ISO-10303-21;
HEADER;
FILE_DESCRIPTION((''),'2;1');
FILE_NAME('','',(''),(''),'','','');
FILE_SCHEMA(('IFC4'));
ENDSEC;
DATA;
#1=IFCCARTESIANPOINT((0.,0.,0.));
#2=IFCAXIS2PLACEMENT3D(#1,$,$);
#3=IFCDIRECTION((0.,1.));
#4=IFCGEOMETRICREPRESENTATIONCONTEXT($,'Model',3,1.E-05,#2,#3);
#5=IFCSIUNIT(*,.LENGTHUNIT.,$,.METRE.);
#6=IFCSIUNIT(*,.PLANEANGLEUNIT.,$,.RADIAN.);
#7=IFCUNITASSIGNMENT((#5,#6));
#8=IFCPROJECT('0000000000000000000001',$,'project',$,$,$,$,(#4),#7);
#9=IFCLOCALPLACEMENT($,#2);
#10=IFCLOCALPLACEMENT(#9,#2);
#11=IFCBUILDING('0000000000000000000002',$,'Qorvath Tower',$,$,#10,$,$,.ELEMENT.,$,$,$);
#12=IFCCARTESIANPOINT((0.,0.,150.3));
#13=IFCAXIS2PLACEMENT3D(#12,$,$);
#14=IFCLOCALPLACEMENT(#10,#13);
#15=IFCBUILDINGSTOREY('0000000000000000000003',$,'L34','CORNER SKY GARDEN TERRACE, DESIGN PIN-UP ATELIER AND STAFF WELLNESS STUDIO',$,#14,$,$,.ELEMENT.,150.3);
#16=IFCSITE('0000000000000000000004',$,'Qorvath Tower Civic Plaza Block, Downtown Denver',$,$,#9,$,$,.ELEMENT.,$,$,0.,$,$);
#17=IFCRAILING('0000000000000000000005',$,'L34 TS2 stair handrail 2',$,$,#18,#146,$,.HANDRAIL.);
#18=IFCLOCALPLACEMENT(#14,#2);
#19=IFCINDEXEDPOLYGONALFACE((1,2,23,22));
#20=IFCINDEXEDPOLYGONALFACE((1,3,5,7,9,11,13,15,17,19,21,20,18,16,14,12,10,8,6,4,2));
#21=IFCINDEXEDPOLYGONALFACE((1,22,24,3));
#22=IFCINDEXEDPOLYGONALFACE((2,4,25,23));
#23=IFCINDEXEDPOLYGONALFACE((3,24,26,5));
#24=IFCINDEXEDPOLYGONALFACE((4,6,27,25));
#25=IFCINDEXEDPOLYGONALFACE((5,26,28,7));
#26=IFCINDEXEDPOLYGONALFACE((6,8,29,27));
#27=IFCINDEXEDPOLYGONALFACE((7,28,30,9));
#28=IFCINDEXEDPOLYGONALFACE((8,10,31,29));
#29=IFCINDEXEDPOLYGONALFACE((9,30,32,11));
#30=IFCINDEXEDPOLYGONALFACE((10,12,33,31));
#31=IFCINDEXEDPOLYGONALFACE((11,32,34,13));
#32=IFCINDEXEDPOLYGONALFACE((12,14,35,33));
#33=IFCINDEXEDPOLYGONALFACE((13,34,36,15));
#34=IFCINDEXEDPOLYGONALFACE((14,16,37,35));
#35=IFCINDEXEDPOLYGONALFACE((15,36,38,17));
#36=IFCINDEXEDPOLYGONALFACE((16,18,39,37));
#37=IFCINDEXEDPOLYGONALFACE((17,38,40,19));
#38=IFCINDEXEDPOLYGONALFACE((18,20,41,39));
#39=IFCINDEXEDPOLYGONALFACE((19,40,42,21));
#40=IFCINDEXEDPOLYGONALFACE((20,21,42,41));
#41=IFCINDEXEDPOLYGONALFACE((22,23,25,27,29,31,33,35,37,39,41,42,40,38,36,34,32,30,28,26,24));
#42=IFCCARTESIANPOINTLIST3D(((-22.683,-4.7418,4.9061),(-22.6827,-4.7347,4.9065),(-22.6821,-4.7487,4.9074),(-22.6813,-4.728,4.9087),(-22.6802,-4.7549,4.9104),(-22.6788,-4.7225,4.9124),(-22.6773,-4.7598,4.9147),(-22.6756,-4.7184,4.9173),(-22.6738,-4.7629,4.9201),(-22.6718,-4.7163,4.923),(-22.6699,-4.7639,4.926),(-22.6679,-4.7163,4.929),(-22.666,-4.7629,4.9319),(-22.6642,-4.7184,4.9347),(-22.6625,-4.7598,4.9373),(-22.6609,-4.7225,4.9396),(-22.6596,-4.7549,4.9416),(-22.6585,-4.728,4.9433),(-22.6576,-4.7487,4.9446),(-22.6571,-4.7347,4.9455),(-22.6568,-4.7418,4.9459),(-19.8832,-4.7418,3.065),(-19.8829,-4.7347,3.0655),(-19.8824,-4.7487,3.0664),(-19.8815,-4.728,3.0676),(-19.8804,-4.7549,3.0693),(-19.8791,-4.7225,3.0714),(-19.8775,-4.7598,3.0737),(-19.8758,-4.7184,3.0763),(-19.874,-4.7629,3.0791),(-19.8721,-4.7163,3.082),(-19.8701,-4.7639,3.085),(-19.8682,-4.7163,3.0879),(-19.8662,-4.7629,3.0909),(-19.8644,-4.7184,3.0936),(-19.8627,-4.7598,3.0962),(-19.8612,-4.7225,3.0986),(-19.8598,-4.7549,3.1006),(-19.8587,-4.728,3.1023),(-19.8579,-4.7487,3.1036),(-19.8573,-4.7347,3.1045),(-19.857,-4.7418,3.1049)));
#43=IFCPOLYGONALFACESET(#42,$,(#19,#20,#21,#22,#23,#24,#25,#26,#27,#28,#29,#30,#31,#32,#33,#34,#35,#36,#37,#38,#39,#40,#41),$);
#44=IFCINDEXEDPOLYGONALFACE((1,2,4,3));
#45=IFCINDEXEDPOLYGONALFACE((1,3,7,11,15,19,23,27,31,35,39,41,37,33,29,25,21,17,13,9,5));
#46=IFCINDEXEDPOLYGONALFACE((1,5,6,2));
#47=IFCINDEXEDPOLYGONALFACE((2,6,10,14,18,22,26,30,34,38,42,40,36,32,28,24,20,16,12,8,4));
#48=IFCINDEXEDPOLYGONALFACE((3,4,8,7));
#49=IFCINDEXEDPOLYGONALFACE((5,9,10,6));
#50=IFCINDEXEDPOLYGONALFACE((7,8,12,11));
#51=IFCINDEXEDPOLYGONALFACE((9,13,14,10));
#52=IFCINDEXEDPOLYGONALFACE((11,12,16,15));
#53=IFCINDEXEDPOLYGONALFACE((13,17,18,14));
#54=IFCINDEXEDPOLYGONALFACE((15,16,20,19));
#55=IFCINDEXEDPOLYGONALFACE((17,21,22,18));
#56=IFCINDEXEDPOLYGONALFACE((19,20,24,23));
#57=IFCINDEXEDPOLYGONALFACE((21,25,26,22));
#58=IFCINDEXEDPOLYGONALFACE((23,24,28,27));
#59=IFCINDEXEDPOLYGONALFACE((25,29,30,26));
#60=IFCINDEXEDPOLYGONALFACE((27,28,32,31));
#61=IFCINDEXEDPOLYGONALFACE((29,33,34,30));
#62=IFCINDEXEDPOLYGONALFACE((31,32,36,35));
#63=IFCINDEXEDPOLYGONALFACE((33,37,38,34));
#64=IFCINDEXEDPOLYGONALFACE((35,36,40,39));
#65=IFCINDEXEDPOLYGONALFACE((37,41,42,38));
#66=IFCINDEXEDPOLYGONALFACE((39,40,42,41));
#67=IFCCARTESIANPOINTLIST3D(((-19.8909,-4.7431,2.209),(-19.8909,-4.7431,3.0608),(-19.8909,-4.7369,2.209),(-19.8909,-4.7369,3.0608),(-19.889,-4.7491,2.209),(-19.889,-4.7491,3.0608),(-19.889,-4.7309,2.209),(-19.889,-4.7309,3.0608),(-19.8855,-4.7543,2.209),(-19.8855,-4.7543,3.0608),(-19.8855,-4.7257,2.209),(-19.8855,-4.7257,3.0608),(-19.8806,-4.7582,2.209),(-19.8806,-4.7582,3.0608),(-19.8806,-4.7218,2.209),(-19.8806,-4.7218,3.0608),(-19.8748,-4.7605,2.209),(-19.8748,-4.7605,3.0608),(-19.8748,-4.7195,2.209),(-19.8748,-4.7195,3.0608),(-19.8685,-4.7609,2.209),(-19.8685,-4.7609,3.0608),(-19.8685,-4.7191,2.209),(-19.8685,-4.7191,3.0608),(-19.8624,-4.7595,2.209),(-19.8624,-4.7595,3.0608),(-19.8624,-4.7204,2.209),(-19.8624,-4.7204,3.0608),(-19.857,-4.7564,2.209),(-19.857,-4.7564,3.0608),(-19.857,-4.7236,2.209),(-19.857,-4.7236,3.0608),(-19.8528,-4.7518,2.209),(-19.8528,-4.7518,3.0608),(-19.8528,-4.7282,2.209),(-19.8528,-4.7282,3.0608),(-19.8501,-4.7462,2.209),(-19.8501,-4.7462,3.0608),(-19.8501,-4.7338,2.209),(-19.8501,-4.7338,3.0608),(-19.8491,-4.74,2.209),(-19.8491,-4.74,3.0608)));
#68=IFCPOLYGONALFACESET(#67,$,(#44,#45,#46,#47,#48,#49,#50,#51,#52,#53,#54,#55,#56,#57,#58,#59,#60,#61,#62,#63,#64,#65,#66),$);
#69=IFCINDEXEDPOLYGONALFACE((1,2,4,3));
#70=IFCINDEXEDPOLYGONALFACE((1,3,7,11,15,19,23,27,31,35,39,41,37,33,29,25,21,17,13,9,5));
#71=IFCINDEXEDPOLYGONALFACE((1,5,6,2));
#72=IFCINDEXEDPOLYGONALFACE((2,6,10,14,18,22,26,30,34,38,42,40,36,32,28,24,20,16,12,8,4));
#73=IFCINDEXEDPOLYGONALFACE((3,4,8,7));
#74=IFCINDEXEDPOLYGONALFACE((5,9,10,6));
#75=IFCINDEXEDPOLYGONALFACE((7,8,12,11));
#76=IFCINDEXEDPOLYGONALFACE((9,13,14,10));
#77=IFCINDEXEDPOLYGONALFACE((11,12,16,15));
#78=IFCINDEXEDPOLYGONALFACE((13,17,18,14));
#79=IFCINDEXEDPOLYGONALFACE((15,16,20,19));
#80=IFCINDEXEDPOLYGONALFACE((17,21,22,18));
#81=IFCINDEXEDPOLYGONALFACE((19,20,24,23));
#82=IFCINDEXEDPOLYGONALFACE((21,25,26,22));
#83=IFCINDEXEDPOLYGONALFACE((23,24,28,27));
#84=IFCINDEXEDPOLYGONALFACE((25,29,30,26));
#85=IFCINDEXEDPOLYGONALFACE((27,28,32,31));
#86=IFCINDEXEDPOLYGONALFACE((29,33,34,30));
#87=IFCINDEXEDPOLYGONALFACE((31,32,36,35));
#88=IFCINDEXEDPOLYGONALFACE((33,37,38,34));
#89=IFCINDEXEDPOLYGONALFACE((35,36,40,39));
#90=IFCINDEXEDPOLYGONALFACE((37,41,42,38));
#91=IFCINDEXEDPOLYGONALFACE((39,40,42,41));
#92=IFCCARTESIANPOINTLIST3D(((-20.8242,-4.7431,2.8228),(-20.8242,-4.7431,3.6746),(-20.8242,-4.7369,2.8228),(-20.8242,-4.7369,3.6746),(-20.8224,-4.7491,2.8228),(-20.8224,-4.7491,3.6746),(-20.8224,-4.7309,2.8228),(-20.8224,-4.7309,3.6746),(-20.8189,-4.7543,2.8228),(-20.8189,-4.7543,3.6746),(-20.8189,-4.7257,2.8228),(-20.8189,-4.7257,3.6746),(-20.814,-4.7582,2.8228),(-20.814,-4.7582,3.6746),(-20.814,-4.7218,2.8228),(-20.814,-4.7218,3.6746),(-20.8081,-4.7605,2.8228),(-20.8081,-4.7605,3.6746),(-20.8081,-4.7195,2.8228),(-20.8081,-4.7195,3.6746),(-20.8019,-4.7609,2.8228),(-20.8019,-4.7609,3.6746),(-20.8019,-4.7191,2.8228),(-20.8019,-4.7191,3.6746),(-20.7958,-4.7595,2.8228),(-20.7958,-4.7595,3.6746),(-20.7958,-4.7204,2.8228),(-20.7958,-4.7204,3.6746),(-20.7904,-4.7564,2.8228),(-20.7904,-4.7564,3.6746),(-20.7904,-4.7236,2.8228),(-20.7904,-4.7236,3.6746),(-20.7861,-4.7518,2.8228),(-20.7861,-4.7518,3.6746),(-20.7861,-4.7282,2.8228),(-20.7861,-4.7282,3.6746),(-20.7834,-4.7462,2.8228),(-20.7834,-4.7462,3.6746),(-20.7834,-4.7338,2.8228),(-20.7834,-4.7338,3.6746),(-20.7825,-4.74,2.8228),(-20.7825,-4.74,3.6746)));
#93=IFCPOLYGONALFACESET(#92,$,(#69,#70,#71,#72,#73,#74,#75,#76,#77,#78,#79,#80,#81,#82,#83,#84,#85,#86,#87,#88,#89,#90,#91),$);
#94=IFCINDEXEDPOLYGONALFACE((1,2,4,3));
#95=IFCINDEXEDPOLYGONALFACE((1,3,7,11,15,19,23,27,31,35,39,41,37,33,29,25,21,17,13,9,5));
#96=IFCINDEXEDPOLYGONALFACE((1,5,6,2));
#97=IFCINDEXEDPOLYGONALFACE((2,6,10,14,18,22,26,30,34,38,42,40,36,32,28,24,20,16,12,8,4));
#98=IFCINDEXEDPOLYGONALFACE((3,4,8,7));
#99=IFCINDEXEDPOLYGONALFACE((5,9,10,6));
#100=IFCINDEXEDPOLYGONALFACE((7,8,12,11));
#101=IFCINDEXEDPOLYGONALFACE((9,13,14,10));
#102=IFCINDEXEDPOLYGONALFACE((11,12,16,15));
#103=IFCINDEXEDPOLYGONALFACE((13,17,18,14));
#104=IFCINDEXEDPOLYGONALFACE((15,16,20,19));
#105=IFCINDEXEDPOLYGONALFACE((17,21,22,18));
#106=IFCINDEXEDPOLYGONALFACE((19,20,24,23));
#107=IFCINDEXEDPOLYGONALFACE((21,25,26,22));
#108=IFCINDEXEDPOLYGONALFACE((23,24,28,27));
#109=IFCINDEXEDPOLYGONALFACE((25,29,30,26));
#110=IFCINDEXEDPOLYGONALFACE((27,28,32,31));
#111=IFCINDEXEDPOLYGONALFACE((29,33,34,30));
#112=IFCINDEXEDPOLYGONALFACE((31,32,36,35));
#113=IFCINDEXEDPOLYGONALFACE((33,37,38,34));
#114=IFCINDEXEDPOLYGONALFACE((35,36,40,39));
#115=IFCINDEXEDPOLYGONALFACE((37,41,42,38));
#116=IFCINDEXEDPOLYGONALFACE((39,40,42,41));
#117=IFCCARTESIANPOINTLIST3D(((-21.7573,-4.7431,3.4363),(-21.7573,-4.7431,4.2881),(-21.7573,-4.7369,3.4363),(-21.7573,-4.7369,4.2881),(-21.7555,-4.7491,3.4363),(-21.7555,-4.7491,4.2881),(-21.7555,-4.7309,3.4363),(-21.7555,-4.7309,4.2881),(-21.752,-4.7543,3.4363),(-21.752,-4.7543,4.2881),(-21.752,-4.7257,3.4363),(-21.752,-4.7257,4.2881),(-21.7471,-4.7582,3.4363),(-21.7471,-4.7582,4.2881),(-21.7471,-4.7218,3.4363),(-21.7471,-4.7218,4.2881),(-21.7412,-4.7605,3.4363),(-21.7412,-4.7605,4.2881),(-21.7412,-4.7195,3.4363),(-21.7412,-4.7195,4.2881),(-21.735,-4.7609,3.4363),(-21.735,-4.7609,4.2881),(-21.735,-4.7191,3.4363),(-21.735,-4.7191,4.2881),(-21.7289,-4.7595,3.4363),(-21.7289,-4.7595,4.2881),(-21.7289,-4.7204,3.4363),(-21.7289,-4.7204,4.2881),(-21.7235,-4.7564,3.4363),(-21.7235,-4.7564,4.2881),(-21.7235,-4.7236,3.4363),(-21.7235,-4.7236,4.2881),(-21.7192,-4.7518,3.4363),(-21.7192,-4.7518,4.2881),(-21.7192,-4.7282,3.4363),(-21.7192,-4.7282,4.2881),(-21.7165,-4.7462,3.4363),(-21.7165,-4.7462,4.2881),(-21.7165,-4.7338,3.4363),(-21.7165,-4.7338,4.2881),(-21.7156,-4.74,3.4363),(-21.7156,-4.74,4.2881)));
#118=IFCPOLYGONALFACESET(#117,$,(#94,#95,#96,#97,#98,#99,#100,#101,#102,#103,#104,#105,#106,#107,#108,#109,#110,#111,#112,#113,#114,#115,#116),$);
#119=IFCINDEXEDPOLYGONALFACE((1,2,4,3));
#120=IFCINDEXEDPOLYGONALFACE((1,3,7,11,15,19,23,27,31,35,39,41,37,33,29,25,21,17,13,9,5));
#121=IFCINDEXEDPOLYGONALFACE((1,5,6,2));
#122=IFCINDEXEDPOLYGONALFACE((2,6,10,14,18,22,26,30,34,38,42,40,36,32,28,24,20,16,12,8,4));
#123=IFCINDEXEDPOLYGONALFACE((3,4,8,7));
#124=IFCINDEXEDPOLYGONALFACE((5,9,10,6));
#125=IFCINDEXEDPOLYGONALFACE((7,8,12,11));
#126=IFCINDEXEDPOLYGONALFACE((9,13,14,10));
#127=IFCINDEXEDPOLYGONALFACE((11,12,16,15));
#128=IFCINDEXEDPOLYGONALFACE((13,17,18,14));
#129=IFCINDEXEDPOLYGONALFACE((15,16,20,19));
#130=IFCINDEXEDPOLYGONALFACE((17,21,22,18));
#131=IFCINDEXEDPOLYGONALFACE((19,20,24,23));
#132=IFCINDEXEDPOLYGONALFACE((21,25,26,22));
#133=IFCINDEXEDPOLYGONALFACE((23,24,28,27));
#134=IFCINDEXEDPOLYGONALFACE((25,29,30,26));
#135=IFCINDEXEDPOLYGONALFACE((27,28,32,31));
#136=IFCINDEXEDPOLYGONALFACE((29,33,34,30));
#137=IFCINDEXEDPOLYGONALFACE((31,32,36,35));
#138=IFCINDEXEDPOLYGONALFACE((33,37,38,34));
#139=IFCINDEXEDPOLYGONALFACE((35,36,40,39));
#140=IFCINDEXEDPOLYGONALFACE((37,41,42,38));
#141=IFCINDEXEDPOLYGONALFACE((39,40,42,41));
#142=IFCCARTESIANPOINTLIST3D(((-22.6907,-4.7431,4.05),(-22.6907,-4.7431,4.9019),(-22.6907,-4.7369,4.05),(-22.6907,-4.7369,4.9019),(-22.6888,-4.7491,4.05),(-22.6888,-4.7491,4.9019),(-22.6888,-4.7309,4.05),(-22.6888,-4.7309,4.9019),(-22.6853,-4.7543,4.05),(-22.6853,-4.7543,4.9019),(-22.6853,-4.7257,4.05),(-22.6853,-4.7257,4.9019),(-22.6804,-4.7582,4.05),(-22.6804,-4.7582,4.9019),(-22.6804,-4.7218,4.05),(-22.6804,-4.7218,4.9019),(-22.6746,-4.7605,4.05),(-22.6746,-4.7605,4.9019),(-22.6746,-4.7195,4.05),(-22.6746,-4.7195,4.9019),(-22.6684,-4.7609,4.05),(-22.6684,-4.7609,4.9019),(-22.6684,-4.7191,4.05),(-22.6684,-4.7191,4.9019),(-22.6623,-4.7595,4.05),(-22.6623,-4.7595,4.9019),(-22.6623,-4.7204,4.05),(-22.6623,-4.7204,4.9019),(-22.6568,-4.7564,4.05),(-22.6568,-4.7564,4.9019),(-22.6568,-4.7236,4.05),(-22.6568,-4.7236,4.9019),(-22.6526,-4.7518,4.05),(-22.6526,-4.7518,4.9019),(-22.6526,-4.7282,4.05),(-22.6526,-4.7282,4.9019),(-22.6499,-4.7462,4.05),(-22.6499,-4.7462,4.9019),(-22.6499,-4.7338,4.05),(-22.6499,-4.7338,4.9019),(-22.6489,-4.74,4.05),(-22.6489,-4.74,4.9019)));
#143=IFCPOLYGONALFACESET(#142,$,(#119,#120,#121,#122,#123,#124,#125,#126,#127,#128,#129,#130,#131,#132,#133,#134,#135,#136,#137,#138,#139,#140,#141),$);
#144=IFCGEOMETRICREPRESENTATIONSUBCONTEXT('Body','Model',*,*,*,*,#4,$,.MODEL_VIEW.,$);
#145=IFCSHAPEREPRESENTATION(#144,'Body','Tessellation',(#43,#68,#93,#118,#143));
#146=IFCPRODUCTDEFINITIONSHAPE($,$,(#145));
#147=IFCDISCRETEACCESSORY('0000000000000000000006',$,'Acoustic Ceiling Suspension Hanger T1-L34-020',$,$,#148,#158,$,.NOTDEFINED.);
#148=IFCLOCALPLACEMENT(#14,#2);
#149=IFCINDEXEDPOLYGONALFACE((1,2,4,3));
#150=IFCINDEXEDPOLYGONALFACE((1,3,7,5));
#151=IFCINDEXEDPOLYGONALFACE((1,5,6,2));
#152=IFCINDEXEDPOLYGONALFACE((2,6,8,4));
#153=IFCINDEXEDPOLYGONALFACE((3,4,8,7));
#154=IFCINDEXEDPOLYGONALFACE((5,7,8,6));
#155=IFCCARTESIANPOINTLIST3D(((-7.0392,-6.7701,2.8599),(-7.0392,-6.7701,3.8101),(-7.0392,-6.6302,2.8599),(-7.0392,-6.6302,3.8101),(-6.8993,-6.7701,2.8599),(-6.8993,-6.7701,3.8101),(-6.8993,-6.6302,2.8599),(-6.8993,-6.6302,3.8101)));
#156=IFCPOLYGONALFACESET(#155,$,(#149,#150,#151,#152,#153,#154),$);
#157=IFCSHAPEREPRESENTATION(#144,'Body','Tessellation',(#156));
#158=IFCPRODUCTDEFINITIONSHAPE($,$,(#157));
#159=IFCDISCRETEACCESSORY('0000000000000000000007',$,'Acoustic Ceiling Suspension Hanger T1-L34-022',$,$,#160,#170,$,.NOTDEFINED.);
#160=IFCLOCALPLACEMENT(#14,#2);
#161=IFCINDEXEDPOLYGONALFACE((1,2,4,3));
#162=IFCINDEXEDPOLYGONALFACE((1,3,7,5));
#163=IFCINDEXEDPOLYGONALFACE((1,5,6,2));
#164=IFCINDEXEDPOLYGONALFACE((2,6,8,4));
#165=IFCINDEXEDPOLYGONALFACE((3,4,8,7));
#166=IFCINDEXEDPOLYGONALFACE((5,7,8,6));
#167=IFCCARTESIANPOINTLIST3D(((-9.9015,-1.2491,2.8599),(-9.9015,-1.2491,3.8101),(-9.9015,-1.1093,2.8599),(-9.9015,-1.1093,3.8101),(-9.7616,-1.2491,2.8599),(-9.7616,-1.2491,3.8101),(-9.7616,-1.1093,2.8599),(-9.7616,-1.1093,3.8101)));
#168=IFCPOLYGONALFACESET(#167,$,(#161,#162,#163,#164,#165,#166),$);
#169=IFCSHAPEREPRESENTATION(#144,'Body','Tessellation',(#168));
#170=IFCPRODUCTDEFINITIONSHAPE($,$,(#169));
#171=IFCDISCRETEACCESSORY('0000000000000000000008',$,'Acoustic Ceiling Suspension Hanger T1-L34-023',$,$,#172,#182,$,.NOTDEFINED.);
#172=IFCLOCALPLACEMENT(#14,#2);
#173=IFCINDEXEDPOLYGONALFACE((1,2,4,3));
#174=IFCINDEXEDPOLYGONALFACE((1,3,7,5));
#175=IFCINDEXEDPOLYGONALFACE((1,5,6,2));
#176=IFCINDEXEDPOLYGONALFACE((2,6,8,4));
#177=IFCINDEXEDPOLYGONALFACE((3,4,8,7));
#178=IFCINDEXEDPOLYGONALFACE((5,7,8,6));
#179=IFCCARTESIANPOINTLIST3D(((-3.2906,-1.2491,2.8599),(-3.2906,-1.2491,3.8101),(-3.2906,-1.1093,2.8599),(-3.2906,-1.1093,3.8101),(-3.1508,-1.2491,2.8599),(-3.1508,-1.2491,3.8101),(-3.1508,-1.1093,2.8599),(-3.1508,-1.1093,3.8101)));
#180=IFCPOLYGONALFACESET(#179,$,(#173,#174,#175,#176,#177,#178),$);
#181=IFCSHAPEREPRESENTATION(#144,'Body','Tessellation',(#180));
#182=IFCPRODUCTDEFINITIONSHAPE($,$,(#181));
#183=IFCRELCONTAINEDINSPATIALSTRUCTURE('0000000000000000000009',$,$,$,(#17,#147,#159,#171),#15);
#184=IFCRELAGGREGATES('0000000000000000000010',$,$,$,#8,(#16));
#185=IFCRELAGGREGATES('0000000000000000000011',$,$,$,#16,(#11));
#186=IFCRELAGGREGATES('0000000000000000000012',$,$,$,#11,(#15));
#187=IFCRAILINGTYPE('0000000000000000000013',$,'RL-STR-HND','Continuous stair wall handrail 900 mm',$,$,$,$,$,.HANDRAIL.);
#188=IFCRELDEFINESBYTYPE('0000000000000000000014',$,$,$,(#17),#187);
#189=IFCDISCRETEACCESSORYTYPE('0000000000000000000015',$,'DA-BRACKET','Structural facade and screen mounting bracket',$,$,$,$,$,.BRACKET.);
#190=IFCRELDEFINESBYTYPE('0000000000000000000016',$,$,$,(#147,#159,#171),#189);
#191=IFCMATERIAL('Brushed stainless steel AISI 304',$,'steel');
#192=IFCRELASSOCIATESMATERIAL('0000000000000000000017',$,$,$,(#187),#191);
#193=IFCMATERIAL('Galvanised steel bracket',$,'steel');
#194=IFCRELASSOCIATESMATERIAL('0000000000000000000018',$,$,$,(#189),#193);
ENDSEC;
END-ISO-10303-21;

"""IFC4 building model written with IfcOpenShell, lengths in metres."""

from ifc_helpers import new_model, si_unit, direction, frame, origin, origin_2d, place, context, subcontext, project, spatial, rectangle, circle, extrude, material, type_object, element, save


model = new_model("IFC4")

# Units and contexts
model_context = context("Model", 3, precision=1e-05, world=origin(), true_north=direction((0.0, 1.0)))
body_context = subcontext(model_context, "Body", "Model", "MODEL_VIEW")
ifc_project = project(units=[si_unit("LENGTHUNIT", "METRE"), si_unit("PLANEANGLEUNIT", "RADIAN")], contexts=[model_context])

# Site, building, storey
site_placement = place(None, origin())
site = spatial("IfcSite", under=ifc_project, at=site_placement, Name="Qorvath Tower Civic Plaza Block, Downtown Denver", CompositionType="ELEMENT", RefElevation=0.0)
building_placement = place(site_placement, origin())
building = spatial("IfcBuilding", under=site, at=building_placement, Name="Qorvath Tower", CompositionType="ELEMENT")
storey_placement = place(building_placement, frame((0.0, 0.0, 150.3)))
storey = spatial("IfcBuildingStorey", under=building, at=storey_placement, Name="L34", Description="CORNER SKY GARDEN TERRACE, DESIGN PIN-UP ATELIER AND STAFF WELLNESS STUDIO", CompositionType="ELEMENT", Elevation=150.3)

# Railing
ifc_material_1 = material(Name="Brushed stainless steel AISI 304", Category="steel")
railing_type_1 = type_object("IfcRailingType", Name="RL-STR-HND", Description="Continuous stair wall handrail 900 mm", PredefinedType="HANDRAIL", material=ifc_material_1)
railing_1_placement = place(storey_placement, frame((-19.8701, -4.74, 2.209)))
element("IfcRailing", 1, at=railing_1_placement, inside=storey, type_object=railing_type_1, Name="L34 TS2 stair handrail 2", PredefinedType="HANDRAIL", context=body_context, shape_type="SweptSolid", body=[
    extrude(circle(Radius=0.0239, at=origin_2d()), frame((0.0, 0.0, 0.876), z_axis=(-0.835542, 0.0, 0.549426), x_axis=(0.0, -1.0, 0.0)), (0.0, 0.0, 1.0), 3.3508),
    extrude(circle(Radius=0.021, at=origin_2d()), origin(), (0.0, 0.0, 1.0), 0.8518),
    extrude(circle(Radius=0.021, at=origin_2d()), frame((-0.9333, 0.0, 0.6138)), (0.0, 0.0, 1.0), 0.8518),
    extrude(circle(Radius=0.021, at=origin_2d()), frame((-1.8665, 0.0, 1.2273)), (0.0, 0.0, 1.0), 0.8518),
    extrude(circle(Radius=0.021, at=origin_2d()), frame((-2.7998, 0.0, 1.8411)), (0.0, 0.0, 1.0), 0.8518),
])

# Discrete accessories
ifc_material_2 = material(Name="Galvanised steel bracket", Category="steel")
discrete_accessory_type = type_object("IfcDiscreteAccessoryType", Name="DA-BRACKET", Description="Structural facade and screen mounting bracket", PredefinedType="BRACKET", material=ifc_material_2)
for number, where, z_axis, x_axis, name in (
    (2, (-6.9692, -6.7002, 2.8599), (0.0, 0.0, 1.0), (1.0, 0.0, 0.0), "Acoustic Ceiling Suspension Hanger T1-L34-020"),
    (3, (-9.8315, -1.1792, 2.8599), (0.0, 0.0, 1.0), (1.0, 0.0, 0.0), "Acoustic Ceiling Suspension Hanger T1-L34-022"),
    (4, (-3.2207, -1.1792, 2.8599), (0.0, 0.0, 1.0), (1.0, 0.0, 0.0), "Acoustic Ceiling Suspension Hanger T1-L34-023"),
):
    element("IfcDiscreteAccessory", number, at=place(storey_placement, frame(where, z_axis=z_axis, x_axis=x_axis)), inside=storey, type_object=discrete_accessory_type, Name=name, PredefinedType="NOTDEFINED", context=body_context, shape_type="SweptSolid", body=[
        extrude(rectangle(XDim=0.1399, YDim=0.1399, at=origin_2d()), origin(), (0.0, 0.0, 1.0), 0.9502),
    ])

save(model, "model.ifc")
